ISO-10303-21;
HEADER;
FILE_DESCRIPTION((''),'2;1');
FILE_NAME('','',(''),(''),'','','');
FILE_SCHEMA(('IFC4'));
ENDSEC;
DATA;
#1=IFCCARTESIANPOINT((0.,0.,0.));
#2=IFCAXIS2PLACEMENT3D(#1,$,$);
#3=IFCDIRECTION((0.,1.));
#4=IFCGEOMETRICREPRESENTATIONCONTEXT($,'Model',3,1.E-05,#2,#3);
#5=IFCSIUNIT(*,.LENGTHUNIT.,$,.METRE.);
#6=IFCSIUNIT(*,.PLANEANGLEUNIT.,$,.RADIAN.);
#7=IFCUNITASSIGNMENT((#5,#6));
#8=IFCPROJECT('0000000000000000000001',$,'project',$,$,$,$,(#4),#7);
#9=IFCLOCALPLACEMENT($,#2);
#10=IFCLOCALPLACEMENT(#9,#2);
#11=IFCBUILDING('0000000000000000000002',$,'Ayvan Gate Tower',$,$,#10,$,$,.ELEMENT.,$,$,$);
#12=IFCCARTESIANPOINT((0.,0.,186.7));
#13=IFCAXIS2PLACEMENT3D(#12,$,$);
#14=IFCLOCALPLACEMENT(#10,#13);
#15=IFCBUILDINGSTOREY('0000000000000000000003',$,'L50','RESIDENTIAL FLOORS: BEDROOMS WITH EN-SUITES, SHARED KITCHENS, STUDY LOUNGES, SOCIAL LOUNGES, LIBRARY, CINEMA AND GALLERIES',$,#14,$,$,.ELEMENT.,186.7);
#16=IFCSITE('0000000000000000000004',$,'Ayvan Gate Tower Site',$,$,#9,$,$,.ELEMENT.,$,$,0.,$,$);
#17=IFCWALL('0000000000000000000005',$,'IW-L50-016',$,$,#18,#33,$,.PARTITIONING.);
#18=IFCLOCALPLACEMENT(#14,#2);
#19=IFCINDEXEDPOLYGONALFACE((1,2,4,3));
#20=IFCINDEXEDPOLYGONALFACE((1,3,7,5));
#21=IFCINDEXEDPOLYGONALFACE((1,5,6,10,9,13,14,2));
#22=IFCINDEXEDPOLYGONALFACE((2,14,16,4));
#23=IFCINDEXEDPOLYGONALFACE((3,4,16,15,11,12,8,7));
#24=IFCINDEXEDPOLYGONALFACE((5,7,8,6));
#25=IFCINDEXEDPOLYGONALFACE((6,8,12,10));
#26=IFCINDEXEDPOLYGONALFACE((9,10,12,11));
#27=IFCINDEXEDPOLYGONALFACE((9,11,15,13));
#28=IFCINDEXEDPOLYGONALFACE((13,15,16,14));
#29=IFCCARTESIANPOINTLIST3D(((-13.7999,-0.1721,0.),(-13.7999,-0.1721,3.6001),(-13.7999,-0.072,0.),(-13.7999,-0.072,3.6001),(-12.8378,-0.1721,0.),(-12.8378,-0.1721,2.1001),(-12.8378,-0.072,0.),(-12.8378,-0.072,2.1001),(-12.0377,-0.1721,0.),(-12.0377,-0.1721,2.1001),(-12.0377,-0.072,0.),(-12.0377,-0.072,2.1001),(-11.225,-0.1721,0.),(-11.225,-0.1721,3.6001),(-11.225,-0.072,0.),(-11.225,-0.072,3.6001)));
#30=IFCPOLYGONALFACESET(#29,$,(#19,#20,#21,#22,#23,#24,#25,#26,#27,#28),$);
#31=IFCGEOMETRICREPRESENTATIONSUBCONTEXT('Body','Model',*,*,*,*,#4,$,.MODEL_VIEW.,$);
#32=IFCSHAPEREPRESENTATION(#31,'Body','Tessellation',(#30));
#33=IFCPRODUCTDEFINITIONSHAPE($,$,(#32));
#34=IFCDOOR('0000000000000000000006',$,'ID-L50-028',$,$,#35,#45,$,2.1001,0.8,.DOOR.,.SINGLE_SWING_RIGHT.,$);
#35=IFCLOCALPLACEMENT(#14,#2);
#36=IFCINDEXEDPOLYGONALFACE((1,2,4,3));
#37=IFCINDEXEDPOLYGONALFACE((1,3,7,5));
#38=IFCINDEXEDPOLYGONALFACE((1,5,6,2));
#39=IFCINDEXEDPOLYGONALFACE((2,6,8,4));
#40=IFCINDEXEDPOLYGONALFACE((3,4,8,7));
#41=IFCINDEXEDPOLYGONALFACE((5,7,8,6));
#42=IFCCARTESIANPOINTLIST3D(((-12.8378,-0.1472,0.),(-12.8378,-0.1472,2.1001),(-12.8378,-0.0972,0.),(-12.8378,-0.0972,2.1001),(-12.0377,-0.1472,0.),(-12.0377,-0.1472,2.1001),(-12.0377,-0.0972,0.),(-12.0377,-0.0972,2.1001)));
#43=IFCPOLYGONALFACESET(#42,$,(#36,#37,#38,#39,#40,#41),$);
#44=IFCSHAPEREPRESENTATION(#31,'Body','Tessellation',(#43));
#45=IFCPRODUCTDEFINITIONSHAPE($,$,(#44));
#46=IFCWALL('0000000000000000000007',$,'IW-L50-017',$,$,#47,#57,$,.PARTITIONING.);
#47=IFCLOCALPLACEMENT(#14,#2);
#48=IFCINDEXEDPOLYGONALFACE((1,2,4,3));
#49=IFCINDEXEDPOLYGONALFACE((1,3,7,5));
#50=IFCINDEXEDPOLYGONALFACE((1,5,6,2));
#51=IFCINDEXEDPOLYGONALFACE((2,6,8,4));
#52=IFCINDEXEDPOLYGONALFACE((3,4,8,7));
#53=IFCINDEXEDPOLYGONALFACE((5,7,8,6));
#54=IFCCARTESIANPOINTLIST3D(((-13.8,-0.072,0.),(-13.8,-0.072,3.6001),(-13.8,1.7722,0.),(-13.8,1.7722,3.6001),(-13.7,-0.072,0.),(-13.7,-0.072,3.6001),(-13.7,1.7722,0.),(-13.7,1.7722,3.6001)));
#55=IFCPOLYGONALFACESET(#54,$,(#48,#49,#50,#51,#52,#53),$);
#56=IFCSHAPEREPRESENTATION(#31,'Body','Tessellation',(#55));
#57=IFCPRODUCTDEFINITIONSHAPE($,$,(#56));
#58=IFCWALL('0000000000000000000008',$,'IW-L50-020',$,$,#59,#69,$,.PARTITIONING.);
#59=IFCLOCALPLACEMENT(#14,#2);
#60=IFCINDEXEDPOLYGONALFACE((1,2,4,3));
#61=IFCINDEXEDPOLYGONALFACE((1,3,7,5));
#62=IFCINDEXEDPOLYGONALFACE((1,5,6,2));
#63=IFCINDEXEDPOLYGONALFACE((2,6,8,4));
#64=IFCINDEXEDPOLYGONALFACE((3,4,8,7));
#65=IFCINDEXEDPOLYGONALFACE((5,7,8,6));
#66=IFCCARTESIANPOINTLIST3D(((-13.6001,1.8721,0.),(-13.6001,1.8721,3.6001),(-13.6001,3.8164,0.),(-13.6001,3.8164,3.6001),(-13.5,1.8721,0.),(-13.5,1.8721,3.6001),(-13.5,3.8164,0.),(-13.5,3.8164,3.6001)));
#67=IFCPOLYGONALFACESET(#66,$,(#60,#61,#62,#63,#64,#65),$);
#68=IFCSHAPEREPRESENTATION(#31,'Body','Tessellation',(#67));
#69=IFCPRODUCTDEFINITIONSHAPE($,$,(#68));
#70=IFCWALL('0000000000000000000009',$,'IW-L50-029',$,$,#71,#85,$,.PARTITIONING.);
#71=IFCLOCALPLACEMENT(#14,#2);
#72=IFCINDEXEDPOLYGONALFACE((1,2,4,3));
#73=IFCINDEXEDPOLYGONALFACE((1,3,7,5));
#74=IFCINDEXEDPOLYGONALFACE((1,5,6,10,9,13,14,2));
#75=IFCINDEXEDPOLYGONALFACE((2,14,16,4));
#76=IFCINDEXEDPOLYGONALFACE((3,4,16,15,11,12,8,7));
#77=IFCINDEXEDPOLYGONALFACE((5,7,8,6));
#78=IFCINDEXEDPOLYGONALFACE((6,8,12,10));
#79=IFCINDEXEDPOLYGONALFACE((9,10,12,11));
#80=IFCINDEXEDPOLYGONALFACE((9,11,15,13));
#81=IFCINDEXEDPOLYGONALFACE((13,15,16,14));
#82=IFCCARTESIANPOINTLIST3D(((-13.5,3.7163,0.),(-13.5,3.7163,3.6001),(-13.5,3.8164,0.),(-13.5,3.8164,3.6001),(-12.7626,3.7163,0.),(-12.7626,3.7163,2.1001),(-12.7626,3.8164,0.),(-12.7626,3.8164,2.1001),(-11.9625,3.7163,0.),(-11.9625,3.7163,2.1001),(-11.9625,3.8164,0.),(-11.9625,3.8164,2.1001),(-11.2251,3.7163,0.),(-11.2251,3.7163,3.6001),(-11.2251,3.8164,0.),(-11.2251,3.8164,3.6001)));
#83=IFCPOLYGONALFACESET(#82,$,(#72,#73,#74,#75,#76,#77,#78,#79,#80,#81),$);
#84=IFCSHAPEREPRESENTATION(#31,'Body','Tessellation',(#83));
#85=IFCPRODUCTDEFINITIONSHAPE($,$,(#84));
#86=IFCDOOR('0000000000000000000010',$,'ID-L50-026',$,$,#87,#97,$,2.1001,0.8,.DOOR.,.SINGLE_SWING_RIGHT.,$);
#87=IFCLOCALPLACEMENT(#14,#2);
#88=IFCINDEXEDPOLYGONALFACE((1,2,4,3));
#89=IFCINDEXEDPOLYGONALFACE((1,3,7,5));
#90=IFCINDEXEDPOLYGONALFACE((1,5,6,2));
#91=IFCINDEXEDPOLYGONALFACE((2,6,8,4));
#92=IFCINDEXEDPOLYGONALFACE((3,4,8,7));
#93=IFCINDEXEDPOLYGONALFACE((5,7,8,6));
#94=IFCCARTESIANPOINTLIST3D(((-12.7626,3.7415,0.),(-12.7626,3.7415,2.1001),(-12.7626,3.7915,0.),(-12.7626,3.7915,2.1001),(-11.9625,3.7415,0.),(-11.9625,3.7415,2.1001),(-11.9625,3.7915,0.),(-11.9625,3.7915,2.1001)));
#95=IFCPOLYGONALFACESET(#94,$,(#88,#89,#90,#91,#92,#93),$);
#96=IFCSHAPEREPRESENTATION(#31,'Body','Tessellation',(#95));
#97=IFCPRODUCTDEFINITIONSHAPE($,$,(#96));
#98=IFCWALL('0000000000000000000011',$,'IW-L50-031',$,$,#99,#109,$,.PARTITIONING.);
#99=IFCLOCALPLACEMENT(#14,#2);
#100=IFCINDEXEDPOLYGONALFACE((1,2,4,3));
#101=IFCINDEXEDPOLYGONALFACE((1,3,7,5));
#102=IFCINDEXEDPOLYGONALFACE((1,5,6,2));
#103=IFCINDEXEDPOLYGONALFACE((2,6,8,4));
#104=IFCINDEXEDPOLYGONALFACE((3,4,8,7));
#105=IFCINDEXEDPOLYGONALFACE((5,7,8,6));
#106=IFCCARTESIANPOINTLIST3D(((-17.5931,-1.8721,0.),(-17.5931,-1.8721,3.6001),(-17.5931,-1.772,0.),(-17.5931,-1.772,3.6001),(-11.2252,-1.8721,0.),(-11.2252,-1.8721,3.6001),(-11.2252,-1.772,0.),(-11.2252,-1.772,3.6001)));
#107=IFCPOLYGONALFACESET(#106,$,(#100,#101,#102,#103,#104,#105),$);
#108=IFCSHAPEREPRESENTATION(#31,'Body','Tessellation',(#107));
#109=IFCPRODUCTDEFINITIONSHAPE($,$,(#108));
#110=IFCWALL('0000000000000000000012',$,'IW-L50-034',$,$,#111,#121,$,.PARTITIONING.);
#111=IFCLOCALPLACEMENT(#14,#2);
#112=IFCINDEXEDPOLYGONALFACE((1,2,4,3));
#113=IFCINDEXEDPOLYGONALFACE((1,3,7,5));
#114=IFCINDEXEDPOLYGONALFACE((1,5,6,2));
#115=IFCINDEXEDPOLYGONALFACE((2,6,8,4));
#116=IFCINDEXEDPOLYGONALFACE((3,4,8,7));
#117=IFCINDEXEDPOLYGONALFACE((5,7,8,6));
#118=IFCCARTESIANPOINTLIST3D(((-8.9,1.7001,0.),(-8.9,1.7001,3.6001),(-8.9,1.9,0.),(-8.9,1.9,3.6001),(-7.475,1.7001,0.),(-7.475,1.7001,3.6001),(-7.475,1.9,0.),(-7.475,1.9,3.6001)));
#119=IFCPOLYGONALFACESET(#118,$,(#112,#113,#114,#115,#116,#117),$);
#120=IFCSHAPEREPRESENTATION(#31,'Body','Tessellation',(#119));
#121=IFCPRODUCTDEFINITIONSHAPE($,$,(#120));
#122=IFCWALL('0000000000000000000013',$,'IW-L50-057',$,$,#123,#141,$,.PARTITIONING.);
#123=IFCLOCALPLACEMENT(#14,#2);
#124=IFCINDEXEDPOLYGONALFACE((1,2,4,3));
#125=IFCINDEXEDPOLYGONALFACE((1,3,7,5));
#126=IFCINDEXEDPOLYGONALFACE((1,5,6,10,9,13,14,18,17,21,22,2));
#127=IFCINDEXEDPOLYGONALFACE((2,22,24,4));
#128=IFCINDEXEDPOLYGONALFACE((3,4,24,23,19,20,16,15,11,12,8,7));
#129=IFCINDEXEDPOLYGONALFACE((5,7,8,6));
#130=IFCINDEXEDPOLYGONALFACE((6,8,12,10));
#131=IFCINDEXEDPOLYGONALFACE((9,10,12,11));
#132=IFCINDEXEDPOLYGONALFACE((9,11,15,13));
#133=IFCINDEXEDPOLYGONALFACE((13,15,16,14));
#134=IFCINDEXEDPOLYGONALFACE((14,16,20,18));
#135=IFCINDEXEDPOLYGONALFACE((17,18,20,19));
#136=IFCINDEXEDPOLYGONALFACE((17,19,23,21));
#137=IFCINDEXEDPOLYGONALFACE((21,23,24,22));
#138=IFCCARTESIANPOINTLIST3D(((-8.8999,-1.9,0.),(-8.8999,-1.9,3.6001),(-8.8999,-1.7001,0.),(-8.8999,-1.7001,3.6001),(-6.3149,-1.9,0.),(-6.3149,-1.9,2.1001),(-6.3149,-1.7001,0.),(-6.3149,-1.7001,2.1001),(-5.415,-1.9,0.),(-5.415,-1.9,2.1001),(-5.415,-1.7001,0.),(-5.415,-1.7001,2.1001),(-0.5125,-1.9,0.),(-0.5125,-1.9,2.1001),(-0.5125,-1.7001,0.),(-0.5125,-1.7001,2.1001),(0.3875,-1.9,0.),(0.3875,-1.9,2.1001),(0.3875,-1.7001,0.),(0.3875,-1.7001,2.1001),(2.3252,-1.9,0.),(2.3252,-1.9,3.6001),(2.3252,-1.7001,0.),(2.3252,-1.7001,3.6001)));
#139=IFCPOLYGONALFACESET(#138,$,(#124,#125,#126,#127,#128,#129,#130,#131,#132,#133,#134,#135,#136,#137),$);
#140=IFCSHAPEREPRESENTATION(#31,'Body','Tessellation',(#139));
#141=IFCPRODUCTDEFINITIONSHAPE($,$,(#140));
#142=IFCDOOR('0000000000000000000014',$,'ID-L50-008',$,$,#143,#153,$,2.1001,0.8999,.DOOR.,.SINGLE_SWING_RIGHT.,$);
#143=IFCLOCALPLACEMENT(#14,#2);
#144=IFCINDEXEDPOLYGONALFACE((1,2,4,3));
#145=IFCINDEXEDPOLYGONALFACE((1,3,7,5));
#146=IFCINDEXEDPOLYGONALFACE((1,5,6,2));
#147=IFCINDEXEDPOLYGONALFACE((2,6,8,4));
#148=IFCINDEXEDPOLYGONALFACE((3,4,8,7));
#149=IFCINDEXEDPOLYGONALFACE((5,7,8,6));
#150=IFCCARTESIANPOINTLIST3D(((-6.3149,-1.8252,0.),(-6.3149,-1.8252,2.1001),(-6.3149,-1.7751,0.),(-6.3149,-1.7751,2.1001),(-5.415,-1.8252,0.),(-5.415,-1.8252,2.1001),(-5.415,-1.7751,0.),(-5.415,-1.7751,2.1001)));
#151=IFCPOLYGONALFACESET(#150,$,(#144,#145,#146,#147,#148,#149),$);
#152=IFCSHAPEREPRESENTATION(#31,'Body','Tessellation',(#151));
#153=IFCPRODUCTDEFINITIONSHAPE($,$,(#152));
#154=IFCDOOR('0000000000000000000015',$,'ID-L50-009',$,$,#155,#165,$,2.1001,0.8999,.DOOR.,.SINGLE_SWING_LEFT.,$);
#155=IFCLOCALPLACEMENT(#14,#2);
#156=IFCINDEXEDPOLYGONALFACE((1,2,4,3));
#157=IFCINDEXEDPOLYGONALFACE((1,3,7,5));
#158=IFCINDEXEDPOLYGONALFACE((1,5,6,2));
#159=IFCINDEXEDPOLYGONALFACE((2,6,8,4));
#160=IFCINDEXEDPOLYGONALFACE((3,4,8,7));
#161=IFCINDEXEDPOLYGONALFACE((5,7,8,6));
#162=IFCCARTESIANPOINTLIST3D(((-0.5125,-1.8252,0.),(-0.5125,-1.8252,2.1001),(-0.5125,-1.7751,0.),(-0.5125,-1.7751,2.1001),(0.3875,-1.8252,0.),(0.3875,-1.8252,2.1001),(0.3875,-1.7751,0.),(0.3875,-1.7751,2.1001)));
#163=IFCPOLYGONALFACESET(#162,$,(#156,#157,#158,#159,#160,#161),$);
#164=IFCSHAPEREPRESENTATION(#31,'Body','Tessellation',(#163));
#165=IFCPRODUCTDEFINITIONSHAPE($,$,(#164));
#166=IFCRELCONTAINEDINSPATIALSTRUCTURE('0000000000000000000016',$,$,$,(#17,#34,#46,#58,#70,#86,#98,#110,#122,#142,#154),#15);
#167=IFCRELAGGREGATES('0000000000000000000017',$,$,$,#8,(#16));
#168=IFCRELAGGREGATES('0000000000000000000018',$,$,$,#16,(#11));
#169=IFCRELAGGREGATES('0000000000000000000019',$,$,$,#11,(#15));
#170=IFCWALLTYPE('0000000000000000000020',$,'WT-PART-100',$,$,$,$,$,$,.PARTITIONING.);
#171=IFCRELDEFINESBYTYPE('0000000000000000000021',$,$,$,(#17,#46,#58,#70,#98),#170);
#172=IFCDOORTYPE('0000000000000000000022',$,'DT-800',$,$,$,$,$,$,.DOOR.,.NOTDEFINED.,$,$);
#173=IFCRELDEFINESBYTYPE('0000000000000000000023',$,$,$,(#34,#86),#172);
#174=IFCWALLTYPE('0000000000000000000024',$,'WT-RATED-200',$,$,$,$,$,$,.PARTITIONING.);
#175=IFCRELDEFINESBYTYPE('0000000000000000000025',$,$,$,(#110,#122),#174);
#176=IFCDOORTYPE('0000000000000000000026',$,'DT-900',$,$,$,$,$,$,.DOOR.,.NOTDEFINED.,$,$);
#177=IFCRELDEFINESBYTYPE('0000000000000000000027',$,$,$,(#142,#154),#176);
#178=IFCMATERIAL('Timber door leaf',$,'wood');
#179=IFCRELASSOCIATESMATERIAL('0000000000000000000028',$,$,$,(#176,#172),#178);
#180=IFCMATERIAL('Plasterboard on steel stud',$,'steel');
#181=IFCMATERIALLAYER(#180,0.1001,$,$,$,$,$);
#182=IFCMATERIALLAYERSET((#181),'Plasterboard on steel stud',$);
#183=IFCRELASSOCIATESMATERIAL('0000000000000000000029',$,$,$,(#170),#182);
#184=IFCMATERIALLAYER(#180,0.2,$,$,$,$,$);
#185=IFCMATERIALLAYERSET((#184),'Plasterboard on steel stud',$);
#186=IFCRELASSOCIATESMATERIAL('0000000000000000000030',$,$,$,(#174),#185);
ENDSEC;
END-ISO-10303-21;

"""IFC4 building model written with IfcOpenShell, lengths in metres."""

from ifc_helpers import new_model, si_unit, direction, frame, frame_2d, origin, place, context, subcontext, project, spatial, rectangle, extrude, material, layer, layer_set, type_object, element, fill, save


model = new_model("IFC4")

# Units and contexts
model_context = context("Model", 3, precision=1e-05, world=origin(), true_north=direction((0.0, 1.0)))
body_context = subcontext(model_context, "Body", "Model", "MODEL_VIEW")
ifc_project = project(units=[si_unit("LENGTHUNIT", "METRE"), si_unit("PLANEANGLEUNIT", "RADIAN")], contexts=[model_context])

# Site, building, storey
site_placement = place(None, origin())
site = spatial("IfcSite", under=ifc_project, at=site_placement, Name="Ayvan Gate Tower Site", CompositionType="ELEMENT", RefElevation=0.0)
building_placement = place(site_placement, origin())
building = spatial("IfcBuilding", under=site, at=building_placement, Name="Ayvan Gate Tower", CompositionType="ELEMENT")
storey_placement = place(building_placement, frame((0.0, 0.0, 186.7)))
storey = spatial("IfcBuildingStorey", under=building, at=storey_placement, Name="L50", Description="RESIDENTIAL FLOORS: BEDROOMS WITH EN-SUITES, SHARED KITCHENS, STUDY LOUNGES, SOCIAL LOUNGES, LIBRARY, CINEMA AND GALLERIES", CompositionType="ELEMENT", Elevation=186.7)

# Wall, opening, door
ifc_material_1 = material(Name="Plasterboard on steel stud", Category="steel")
ifc_material_2 = material(Name="Timber door leaf", Category="wood")
door_type_1 = type_object("IfcDoorType", Name="DT-900", OperationType="NOTDEFINED", PredefinedType="DOOR", material=ifc_material_2)
ifc_layer_1 = layer(ifc_material_1, 0.1001)
ifc_layer_set_1 = layer_set([ifc_layer_1], Name="Plasterboard on steel stud")
wall_type_1 = type_object("IfcWallType", Name="WT-PART-100", PredefinedType="PARTITIONING", material=ifc_layer_set_1)
wall_1_placement = place(storey_placement, frame((-13.8, -0.1221, 0.0), z_axis=(0.0, 0.0, 1.0), x_axis=(1.0, 0.0, 0.0)))
wall_1 = element("IfcWall", 1, at=wall_1_placement, inside=storey, type_object=wall_type_1, Name="IW-L50-016", PredefinedType="PARTITIONING", context=body_context, shape_type="SweptSolid", body=[
    extrude(rectangle(XDim=2.575, YDim=0.1001, at=frame_2d((1.2876, 0.0))), origin(), (0.0, 0.0, 1.0), 3.6001),
])
opening_1_placement = place(wall_1_placement, frame((0.9624, 0.0, 0.0)))
opening_1 = element("IfcOpeningElement", 2, at=opening_1_placement, cuts=wall_1, PredefinedType="OPENING", context=body_context, shape_type="SweptSolid", body=[
    extrude(rectangle(XDim=0.8, YDim=2.1001, at=frame_2d((0.3999, 1.05))), frame((0.0, 0.0601, 0.0), z_axis=(0.0, -1.0, 0.0), x_axis=(1.0, 0.0, 0.0)), (0.0, 0.0, 1.0), 0.1201),
])
door_type_2 = type_object("IfcDoorType", Name="DT-800", OperationType="NOTDEFINED", PredefinedType="DOOR", material=ifc_material_2)
door_1_placement = place(opening_1_placement, origin())
door_1 = element("IfcDoor", 3, at=door_1_placement, inside=storey, type_object=door_type_2, Name="ID-L50-028", OperationType="SINGLE_SWING_RIGHT", OverallHeight=2.1001, OverallWidth=0.8, PredefinedType="DOOR", context=body_context, shape_type="SweptSolid", body=[
    extrude(rectangle(XDim=0.8, YDim=2.1001, at=frame_2d((0.3999, 1.05))), frame((0.0, 0.0249, 0.0), z_axis=(0.0, -1.0, 0.0), x_axis=(1.0, 0.0, 0.0)), (0.0, 0.0, 1.0), 0.05),
])
fill(opening_1, door_1)

# Walls
wall_2_placement = place(storey_placement, frame((-13.75, 1.7722, 0.0), z_axis=(0.0, 0.0, 1.0), x_axis=(0.0, -1.0, 0.0)))
element("IfcWall", 4, at=wall_2_placement, inside=storey, type_object=wall_type_1, Name="IW-L50-017", PredefinedType="PARTITIONING", context=body_context, shape_type="SweptSolid", body=[
    extrude(rectangle(XDim=1.8442, YDim=0.1001, at=frame_2d((0.9221, 0.0))), origin(), (0.0, 0.0, 1.0), 3.6001),
])
wall_3_placement = place(storey_placement, frame((-13.55, 3.8164, 0.0), z_axis=(0.0, 0.0, 1.0), x_axis=(0.0, -1.0, 0.0)))
element("IfcWall", 5, at=wall_3_placement, inside=storey, type_object=wall_type_1, Name="IW-L50-020", PredefinedType="PARTITIONING", context=body_context, shape_type="SweptSolid", body=[
    extrude(rectangle(XDim=1.9443, YDim=0.1001, at=frame_2d((0.9722, 0.0))), origin(), (0.0, 0.0, 1.0), 3.6001),
])

# Wall, opening, door
wall_4_placement = place(storey_placement, frame((-11.2251, 3.7664, 0.0), z_axis=(0.0, 0.0, 1.0), x_axis=(-1.0, 0.0, 0.0)))
wall_4 = element("IfcWall", 6, at=wall_4_placement, inside=storey, type_object=wall_type_1, Name="IW-L50-029", PredefinedType="PARTITIONING", context=body_context, shape_type="SweptSolid", body=[
    extrude(rectangle(XDim=2.2749, YDim=0.1001, at=frame_2d((1.1375, 0.0))), origin(), (0.0, 0.0, 1.0), 3.6001),
])
opening_2_placement = place(wall_4_placement, frame((0.7375, 0.0, 0.0)))
opening_2 = element("IfcOpeningElement", 7, at=opening_2_placement, cuts=wall_4, PredefinedType="OPENING", context=body_context, shape_type="SweptSolid", body=[
    extrude(rectangle(XDim=0.8, YDim=2.1001, at=frame_2d((0.3999, 1.05))), frame((0.0, 0.0601, 0.0), z_axis=(0.0, -1.0, 0.0), x_axis=(1.0, 0.0, 0.0)), (0.0, 0.0, 1.0), 0.1201),
])
door_2_placement = place(opening_2_placement, origin())
door_2 = element("IfcDoor", 8, at=door_2_placement, inside=storey, type_object=door_type_2, Name="ID-L50-026", OperationType="SINGLE_SWING_RIGHT", OverallHeight=2.1001, OverallWidth=0.8, PredefinedType="DOOR", context=body_context, shape_type="SweptSolid", body=[
    extrude(rectangle(XDim=0.8, YDim=2.1001, at=frame_2d((0.3999, 1.05))), frame((0.0, 0.0249, 0.0), z_axis=(0.0, -1.0, 0.0), x_axis=(1.0, 0.0, 0.0)), (0.0, 0.0, 1.0), 0.05),
])
fill(opening_2, door_2)

# Walls
wall_5_placement = place(storey_placement, frame((-11.2251, -1.822, 0.0), z_axis=(0.0, 0.0, 1.0), x_axis=(-1.0, 0.0, 0.0)))
element("IfcWall", 9, at=wall_5_placement, inside=storey, type_object=wall_type_1, Name="IW-L50-031", PredefinedType="PARTITIONING", context=body_context, shape_type="SweptSolid", body=[
    extrude(rectangle(XDim=6.3679, YDim=0.1001, at=frame_2d((3.1841, 0.0))), origin(), (0.0, 0.0, 1.0), 3.6001),
])
ifc_layer_2 = layer(ifc_material_1, 0.2)
ifc_layer_set_2 = layer_set([ifc_layer_2], Name="Plasterboard on steel stud")
wall_type_2 = type_object("IfcWallType", Name="WT-RATED-200", PredefinedType="PARTITIONING", material=ifc_layer_set_2)
wall_6_placement = place(storey_placement, frame((-8.8999, 1.8, 0.0), z_axis=(0.0, 0.0, 1.0), x_axis=(1.0, 0.0, 0.0)))
element("IfcWall", 10, at=wall_6_placement, inside=storey, type_object=wall_type_2, Name="IW-L50-034", PredefinedType="PARTITIONING", context=body_context, shape_type="SweptSolid", body=[
    extrude(rectangle(XDim=1.425, YDim=0.2, at=frame_2d((0.7124, 0.0))), origin(), (0.0, 0.0, 1.0), 3.6001),
])

# Wall, openings, doors
wall_7_placement = place(storey_placement, frame((-8.8999, -1.8, 0.0), z_axis=(0.0, 0.0, 1.0), x_axis=(1.0, 0.0, 0.0)))
wall_7 = element("IfcWall", 11, at=wall_7_placement, inside=storey, type_object=wall_type_2, Name="IW-L50-057", PredefinedType="PARTITIONING", context=body_context, shape_type="SweptSolid", body=[
    extrude(rectangle(XDim=11.2251, YDim=0.2, at=frame_2d((5.6125, 0.0))), origin(), (0.0, 0.0, 1.0), 3.6001),
])
opening_3_placement = place(wall_7_placement, frame((2.585, 0.0, 0.0)))
opening_3 = element("IfcOpeningElement", 12, at=opening_3_placement, cuts=wall_7, PredefinedType="OPENING", context=body_context, shape_type="SweptSolid", body=[
    extrude(rectangle(XDim=0.8999, YDim=2.1001, at=frame_2d((0.45, 1.05))), frame((0.0, 0.1099, 0.0), z_axis=(0.0, -1.0, 0.0), x_axis=(1.0, 0.0, 0.0)), (0.0, 0.0, 1.0), 0.22),
])
opening_4_placement = place(wall_7_placement, frame((8.3875, 0.0, 0.0)))
opening_4 = element("IfcOpeningElement", 13, at=opening_4_placement, cuts=wall_7, PredefinedType="OPENING", context=body_context, shape_type="SweptSolid", body=[
    extrude(rectangle(XDim=0.8999, YDim=2.1001, at=frame_2d((0.45, 1.05))), frame((0.0, 0.1099, 0.0), z_axis=(0.0, -1.0, 0.0), x_axis=(1.0, 0.0, 0.0)), (0.0, 0.0, 1.0), 0.22),
])
door_3_placement = place(opening_3_placement, origin())
door_3 = element("IfcDoor", 14, at=door_3_placement, inside=storey, type_object=door_type_1, Name="ID-L50-008", OperationType="SINGLE_SWING_RIGHT", OverallHeight=2.1001, OverallWidth=0.8999, PredefinedType="DOOR", context=body_context, shape_type="SweptSolid", body=[
    extrude(rectangle(XDim=0.8999, YDim=2.1001, at=frame_2d((0.45, 1.05))), frame((0.0, 0.0249, 0.0), z_axis=(0.0, -1.0, 0.0), x_axis=(1.0, 0.0, 0.0)), (0.0, 0.0, 1.0), 0.05),
])
fill(opening_3, door_3)
door_4_placement = place(opening_4_placement, origin())
door_4 = element("IfcDoor", 15, at=door_4_placement, inside=storey, type_object=door_type_1, Name="ID-L50-009", OperationType="SINGLE_SWING_LEFT", OverallHeight=2.1001, OverallWidth=0.8999, PredefinedType="DOOR", context=body_context, shape_type="SweptSolid", body=[
    extrude(rectangle(XDim=0.8999, YDim=2.1001, at=frame_2d((0.45, 1.05))), frame((0.0, 0.0249, 0.0), z_axis=(0.0, -1.0, 0.0), x_axis=(1.0, 0.0, 0.0)), (0.0, 0.0, 1.0), 0.05),
])
fill(opening_4, door_4)

save(model, "model.ifc")
